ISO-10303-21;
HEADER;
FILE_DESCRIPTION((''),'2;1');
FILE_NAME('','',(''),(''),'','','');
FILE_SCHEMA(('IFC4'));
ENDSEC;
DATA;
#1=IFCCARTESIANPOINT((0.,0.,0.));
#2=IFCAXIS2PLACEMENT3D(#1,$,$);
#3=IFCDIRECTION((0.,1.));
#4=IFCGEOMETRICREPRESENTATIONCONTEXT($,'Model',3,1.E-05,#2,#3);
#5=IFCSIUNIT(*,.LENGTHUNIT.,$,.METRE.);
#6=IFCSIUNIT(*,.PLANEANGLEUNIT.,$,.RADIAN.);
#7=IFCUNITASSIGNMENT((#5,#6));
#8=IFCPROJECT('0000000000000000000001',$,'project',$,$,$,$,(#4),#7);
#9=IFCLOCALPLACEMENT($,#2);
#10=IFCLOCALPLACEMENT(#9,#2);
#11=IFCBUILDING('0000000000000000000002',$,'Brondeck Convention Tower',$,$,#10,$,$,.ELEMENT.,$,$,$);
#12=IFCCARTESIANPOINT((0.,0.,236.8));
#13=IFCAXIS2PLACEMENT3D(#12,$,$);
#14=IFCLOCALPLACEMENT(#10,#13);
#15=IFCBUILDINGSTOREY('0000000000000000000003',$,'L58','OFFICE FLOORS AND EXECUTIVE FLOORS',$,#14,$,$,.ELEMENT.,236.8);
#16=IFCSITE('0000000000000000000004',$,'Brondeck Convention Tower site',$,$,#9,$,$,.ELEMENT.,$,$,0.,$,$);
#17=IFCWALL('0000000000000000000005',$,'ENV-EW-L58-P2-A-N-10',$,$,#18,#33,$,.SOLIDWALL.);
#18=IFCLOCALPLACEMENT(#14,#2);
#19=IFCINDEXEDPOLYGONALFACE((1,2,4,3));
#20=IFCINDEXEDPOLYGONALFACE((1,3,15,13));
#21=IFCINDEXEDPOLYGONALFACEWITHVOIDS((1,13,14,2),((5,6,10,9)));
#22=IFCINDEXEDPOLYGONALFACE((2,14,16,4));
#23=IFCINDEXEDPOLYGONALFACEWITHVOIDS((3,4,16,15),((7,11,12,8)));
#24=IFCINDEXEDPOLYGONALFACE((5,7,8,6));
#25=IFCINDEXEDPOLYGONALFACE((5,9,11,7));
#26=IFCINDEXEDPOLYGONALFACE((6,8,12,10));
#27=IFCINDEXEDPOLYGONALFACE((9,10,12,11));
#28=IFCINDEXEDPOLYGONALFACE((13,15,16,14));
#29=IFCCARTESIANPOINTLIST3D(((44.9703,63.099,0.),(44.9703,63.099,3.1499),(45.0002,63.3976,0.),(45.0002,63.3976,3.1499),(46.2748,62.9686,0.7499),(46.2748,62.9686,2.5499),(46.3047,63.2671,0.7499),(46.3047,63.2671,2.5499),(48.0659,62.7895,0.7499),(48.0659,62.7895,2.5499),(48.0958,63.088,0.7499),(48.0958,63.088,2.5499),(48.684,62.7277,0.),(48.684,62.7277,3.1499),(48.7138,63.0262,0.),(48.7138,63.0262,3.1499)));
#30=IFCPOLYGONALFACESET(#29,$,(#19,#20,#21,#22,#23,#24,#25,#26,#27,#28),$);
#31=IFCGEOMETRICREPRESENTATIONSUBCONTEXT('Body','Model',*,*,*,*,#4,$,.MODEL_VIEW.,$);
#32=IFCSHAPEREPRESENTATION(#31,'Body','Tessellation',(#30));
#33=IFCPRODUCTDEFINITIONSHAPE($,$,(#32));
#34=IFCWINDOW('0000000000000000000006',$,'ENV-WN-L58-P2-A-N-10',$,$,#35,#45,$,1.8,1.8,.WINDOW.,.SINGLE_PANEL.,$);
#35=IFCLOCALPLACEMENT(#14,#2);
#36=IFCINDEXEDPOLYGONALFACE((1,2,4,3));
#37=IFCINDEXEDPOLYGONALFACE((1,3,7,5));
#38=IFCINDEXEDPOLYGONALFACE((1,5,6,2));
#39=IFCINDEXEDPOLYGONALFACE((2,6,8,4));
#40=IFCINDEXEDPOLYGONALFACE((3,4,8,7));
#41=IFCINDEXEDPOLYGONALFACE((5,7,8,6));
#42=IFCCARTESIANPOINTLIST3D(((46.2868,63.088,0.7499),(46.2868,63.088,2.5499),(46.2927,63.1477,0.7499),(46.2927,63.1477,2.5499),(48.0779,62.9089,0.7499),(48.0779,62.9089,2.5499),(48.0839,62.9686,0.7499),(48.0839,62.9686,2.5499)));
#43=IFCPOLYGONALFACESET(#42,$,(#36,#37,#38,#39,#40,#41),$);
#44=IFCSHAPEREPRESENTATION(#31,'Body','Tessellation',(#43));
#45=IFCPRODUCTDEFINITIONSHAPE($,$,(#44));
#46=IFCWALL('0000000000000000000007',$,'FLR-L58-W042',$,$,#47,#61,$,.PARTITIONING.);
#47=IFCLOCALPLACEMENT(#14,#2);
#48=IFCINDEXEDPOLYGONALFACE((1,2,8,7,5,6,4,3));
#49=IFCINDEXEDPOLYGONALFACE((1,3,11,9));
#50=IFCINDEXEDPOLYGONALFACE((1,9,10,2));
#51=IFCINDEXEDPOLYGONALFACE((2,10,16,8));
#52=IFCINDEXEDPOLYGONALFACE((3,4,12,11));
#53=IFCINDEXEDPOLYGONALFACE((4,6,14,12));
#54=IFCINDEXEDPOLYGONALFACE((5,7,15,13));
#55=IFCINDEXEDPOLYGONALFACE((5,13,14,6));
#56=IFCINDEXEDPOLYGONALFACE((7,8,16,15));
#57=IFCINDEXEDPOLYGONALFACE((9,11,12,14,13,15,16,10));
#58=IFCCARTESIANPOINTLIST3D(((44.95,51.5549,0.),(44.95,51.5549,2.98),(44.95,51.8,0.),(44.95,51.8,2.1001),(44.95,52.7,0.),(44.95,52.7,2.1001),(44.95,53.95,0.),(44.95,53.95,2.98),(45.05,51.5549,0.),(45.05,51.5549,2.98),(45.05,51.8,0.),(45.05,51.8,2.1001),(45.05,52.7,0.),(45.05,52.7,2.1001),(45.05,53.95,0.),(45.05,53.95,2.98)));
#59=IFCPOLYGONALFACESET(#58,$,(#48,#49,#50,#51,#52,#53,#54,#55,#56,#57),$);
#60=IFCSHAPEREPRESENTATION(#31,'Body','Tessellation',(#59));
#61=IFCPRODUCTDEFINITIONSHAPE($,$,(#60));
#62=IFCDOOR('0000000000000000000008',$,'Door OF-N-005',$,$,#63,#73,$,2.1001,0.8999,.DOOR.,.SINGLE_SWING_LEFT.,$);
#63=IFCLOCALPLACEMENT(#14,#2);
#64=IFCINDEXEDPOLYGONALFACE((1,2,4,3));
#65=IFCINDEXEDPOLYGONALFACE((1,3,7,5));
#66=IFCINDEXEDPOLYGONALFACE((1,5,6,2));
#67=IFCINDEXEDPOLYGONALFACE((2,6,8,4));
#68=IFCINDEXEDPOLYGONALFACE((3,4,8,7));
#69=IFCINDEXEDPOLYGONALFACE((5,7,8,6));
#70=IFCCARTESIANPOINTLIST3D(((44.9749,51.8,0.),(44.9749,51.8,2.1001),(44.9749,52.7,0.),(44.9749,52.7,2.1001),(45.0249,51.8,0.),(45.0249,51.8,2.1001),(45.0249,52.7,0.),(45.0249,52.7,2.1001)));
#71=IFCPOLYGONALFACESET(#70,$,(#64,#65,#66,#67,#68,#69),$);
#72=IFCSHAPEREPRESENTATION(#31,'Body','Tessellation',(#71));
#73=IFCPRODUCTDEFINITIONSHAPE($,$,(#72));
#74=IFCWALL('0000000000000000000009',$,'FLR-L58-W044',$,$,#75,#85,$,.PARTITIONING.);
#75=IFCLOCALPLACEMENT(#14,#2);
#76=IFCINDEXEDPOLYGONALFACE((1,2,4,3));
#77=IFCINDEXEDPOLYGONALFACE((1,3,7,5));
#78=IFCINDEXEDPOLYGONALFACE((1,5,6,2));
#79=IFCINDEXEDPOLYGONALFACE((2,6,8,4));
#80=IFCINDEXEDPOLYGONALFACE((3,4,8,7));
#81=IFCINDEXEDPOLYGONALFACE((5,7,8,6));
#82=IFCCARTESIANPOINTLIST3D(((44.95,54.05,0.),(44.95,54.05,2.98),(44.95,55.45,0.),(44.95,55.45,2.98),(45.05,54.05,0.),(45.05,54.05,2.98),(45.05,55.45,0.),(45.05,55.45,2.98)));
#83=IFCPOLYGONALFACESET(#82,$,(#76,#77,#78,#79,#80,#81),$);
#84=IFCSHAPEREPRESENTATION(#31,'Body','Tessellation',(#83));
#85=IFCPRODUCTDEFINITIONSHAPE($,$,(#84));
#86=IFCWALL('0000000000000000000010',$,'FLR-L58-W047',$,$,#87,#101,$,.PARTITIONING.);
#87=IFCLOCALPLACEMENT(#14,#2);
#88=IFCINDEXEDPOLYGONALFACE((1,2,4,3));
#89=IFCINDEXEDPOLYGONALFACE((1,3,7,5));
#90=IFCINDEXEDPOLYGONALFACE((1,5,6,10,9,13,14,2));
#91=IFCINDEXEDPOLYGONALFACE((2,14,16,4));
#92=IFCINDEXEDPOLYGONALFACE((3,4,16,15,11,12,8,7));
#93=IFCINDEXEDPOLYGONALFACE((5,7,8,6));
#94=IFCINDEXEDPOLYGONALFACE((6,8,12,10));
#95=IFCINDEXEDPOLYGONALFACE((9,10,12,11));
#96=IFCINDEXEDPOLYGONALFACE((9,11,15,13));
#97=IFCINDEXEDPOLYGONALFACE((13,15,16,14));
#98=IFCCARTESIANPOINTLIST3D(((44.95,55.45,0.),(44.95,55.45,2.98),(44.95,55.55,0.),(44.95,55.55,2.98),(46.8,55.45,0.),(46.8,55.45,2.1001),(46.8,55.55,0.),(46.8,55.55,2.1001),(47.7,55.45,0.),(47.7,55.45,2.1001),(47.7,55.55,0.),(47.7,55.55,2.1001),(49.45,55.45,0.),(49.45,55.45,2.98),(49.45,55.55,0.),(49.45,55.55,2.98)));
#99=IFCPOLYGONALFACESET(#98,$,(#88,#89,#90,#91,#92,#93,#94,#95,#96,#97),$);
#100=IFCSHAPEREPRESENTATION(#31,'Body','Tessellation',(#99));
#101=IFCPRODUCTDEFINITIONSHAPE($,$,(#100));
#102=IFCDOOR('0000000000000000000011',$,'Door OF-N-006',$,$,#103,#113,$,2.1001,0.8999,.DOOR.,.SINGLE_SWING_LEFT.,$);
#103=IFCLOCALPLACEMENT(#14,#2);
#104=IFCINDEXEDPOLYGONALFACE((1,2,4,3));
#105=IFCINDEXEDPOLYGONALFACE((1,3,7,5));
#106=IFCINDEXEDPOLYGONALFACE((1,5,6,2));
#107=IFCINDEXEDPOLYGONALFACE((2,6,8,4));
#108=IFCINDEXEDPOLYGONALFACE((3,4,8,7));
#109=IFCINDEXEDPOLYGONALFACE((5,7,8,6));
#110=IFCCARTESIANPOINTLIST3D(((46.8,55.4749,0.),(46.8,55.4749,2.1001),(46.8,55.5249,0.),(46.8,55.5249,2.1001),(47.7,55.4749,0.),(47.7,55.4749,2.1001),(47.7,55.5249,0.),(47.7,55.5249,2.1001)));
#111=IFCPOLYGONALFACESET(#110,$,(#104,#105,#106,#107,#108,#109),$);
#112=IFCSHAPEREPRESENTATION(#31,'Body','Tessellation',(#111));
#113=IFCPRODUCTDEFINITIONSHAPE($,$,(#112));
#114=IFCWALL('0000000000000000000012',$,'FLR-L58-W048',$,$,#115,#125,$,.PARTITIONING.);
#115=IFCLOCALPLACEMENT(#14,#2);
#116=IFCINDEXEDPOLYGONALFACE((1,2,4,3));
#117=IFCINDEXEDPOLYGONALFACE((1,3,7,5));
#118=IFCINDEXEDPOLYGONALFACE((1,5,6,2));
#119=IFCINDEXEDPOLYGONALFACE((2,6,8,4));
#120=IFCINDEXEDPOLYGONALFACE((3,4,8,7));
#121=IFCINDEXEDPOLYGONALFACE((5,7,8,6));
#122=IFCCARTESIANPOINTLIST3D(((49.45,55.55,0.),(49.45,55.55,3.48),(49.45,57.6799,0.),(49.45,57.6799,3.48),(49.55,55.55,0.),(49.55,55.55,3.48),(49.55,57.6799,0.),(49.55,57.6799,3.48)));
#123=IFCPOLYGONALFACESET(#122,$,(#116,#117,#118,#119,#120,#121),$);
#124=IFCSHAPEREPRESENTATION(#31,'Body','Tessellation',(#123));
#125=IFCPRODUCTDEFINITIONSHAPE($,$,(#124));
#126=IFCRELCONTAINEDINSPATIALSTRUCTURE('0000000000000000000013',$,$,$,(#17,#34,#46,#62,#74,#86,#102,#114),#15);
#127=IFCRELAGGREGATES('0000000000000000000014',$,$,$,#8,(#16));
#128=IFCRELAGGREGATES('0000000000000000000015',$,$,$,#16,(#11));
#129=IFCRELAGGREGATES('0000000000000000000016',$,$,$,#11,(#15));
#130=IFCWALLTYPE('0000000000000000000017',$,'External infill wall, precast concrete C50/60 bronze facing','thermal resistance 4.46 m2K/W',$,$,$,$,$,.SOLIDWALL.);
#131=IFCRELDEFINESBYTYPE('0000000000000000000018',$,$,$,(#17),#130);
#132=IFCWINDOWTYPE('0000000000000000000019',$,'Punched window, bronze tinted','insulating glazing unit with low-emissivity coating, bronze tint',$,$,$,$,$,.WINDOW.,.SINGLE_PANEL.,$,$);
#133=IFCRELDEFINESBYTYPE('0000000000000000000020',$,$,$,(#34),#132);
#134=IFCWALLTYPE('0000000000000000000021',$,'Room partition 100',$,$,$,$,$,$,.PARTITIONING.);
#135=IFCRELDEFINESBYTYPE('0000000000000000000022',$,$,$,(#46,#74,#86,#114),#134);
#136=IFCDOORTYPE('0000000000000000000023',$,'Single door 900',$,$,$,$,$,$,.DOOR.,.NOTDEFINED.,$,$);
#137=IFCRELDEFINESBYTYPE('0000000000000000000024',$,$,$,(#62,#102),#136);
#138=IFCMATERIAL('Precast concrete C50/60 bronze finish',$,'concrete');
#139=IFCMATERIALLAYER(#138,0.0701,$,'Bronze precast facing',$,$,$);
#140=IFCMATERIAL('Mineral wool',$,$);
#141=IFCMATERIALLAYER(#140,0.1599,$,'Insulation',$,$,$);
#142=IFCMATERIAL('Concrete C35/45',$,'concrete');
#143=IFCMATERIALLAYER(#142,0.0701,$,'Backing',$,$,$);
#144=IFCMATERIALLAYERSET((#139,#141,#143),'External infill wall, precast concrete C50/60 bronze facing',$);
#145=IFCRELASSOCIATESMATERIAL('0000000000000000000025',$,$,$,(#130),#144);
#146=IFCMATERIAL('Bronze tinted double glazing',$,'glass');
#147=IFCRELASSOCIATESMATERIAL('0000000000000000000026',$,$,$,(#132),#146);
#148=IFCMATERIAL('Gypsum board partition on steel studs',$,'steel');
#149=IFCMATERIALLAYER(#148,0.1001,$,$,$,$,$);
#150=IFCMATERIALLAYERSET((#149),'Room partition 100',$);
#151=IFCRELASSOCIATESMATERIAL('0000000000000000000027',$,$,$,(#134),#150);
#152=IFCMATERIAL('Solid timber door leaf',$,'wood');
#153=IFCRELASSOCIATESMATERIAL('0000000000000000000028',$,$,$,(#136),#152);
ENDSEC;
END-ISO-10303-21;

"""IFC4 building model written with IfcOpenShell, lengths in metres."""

from ifc_helpers import new_model, si_unit, direction, frame, frame_2d, origin, place, context, subcontext, project, spatial, rectangle, extrude, material, layer, layer_set, type_object, element, fill, save


model = new_model("IFC4")

# Units and contexts
model_context = context("Model", 3, precision=1e-05, world=origin(), true_north=direction((0.0, 1.0)))
body_context = subcontext(model_context, "Body", "Model", "MODEL_VIEW")
ifc_project = project(units=[si_unit("LENGTHUNIT", "METRE"), si_unit("PLANEANGLEUNIT", "RADIAN")], contexts=[model_context])

# Site, building, storey
site_placement = place(None, origin())
site = spatial("IfcSite", under=ifc_project, at=site_placement, Name="Brondeck Convention Tower site", CompositionType="ELEMENT", RefElevation=0.0)
building_placement = place(site_placement, origin())
building = spatial("IfcBuilding", under=site, at=building_placement, Name="Brondeck Convention Tower", CompositionType="ELEMENT")
storey_placement = place(building_placement, frame((0.0, 0.0, 236.8)))
storey = spatial("IfcBuildingStorey", under=building, at=storey_placement, Name="L58", Description="OFFICE FLOORS AND EXECUTIVE FLOORS", CompositionType="ELEMENT", Elevation=236.8)

# Shared definitions
ifc_material_1 = material(Name="Precast concrete C50/60 bronze finish", Category="concrete")
ifc_layer_1 = layer(ifc_material_1, 0.0701, Name="Bronze precast facing")
ifc_material_2 = material(Name="Mineral wool")
ifc_layer_2 = layer(ifc_material_2, 0.1599, Name="Insulation")
ifc_material_3 = material(Name="Concrete C35/45", Category="concrete")
ifc_layer_3 = layer(ifc_material_3, 0.0701, Name="Backing")
ifc_layer_set_1 = layer_set([ifc_layer_1, ifc_layer_2, ifc_layer_3], Name="External infill wall, precast concrete C50/60 bronze facing")
wall_type_1 = type_object("IfcWallType", Name="External infill wall, precast concrete C50/60 bronze facing", Description="thermal resistance 4.46 m2K/W", PredefinedType="SOLIDWALL", material=ifc_layer_set_1)
ifc_material_4 = material(Name="Bronze tinted double glazing", Category="glass")
window_type_1 = type_object("IfcWindowType", Name="Punched window, bronze tinted", Description="insulating glazing unit with low-emissivity coating, bronze tint", PartitioningType="SINGLE_PANEL", PredefinedType="WINDOW", material=ifc_material_4)

# Wall, opening, window
wall_1_placement = place(storey_placement, frame((44.9851, 63.2483, 0.0), z_axis=(0.0, 0.0, 1.0), x_axis=(0.995038, -0.099497, 0.0)))
wall_1 = element("IfcWall", 1, at=wall_1_placement, inside=storey, type_object=wall_type_1, Name="ENV-EW-L58-P2-A-N-10", PredefinedType="SOLIDWALL", context=body_context, shape_type="SweptSolid", body=[
    extrude(rectangle(XDim=3.7322, YDim=0.3, at=frame_2d((1.8662, 0.0))), origin(), (0.0, 0.0, 1.0), 3.1499),
])
opening_1_placement = place(wall_1_placement, frame((1.3113, 0.0, 0.75)))
opening_1 = element("IfcOpeningElement", 2, at=opening_1_placement, cuts=wall_1, PredefinedType="OPENING", context=body_context, shape_type="SweptSolid", body=[
    extrude(rectangle(XDim=1.8, YDim=1.8, at=frame_2d((0.8999, 0.8999))), frame((0.0, 0.1599, 0.0), z_axis=(0.0, -1.0, 0.0), x_axis=(1.0, 0.0, 0.0)), (0.0, 0.0, 1.0), 0.3201),
])
window_1_placement = place(opening_1_placement, origin())
window_1 = element("IfcWindow", 3, at=window_1_placement, inside=storey, type_object=window_type_1, Name="ENV-WN-L58-P2-A-N-10", OverallHeight=1.8, OverallWidth=1.8, PartitioningType="SINGLE_PANEL", PredefinedType="WINDOW", context=body_context, shape_type="SweptSolid", body=[
    extrude(rectangle(XDim=1.8, YDim=1.8, at=frame_2d((0.8999, 0.8999))), frame((0.0, 0.03, 0.0), z_axis=(0.0, -1.0, 0.0), x_axis=(1.0, 0.0, 0.0)), (0.0, 0.0, 1.0), 0.0601),
])
fill(opening_1, window_1)

# Wall, opening, door
ifc_material_5 = material(Name="Gypsum board partition on steel studs", Category="steel")
ifc_layer_4 = layer(ifc_material_5, 0.1001)
ifc_layer_set_2 = layer_set([ifc_layer_4], Name="Room partition 100")
wall_type_2 = type_object("IfcWallType", Name="Room partition 100", PredefinedType="PARTITIONING", material=ifc_layer_set_2)
wall_2_placement = place(storey_placement, frame((45.0, 53.95, 0.0), z_axis=(0.0, 0.0, 1.0), x_axis=(0.0, -1.0, 0.0)))
wall_2 = element("IfcWall", 4, at=wall_2_placement, inside=storey, type_object=wall_type_2, Name="FLR-L58-W042", PredefinedType="PARTITIONING", context=body_context, shape_type="SweptSolid", body=[
    extrude(rectangle(XDim=2.395, YDim=0.1001, at=frame_2d((1.1975, 0.0))), origin(), (0.0, 0.0, 1.0), 2.98),
])
opening_2_placement = place(wall_2_placement, frame((1.25, 0.0, 0.0)))
opening_2 = element("IfcOpeningElement", 5, at=opening_2_placement, cuts=wall_2, PredefinedType="OPENING", context=body_context, shape_type="SweptSolid", body=[
    extrude(rectangle(XDim=0.8999, YDim=2.1001, at=frame_2d((0.45, 1.05))), frame((0.0, 0.0601, 0.0), z_axis=(0.0, -1.0, 0.0), x_axis=(1.0, 0.0, 0.0)), (0.0, 0.0, 1.0), 0.1201),
])
ifc_material_6 = material(Name="Solid timber door leaf", Category="wood")
door_type = type_object("IfcDoorType", Name="Single door 900", OperationType="NOTDEFINED", PredefinedType="DOOR", material=ifc_material_6)
door_1_placement = place(opening_2_placement, origin())
door_1 = element("IfcDoor", 6, at=door_1_placement, inside=storey, type_object=door_type, Name="Door OF-N-005", OperationType="SINGLE_SWING_LEFT", OverallHeight=2.1001, OverallWidth=0.8999, PredefinedType="DOOR", context=body_context, shape_type="SweptSolid", body=[
    extrude(rectangle(XDim=0.8999, YDim=2.1001, at=frame_2d((0.45, 1.05))), frame((0.0, 0.0249, 0.0), z_axis=(0.0, -1.0, 0.0), x_axis=(1.0, 0.0, 0.0)), (0.0, 0.0, 1.0), 0.05),
])
fill(opening_2, door_1)

# Wall
wall_3_placement = place(storey_placement, frame((45.0, 54.05, 0.0), z_axis=(0.0, 0.0, 1.0), x_axis=(0.0, 1.0, 0.0)))
element("IfcWall", 7, at=wall_3_placement, inside=storey, type_object=wall_type_2, Name="FLR-L58-W044", PredefinedType="PARTITIONING", context=body_context, shape_type="SweptSolid", body=[
    extrude(rectangle(XDim=1.3999, YDim=0.1001, at=frame_2d((0.7, 0.0))), origin(), (0.0, 0.0, 1.0), 2.98),
])

# Wall, opening, door
wall_4_placement = place(storey_placement, frame((44.95, 55.5, 0.0), z_axis=(0.0, 0.0, 1.0), x_axis=(1.0, 0.0, 0.0)))
wall_4 = element("IfcWall", 8, at=wall_4_placement, inside=storey, type_object=wall_type_2, Name="FLR-L58-W047", PredefinedType="PARTITIONING", context=body_context, shape_type="SweptSolid", body=[
    extrude(rectangle(XDim=4.5, YDim=0.1001, at=frame_2d((2.25, 0.0))), origin(), (0.0, 0.0, 1.0), 2.98),
])
opening_3_placement = place(wall_4_placement, frame((1.8501, 0.0, 0.0)))
opening_3 = element("IfcOpeningElement", 9, at=opening_3_placement, cuts=wall_4, PredefinedType="OPENING", context=body_context, shape_type="SweptSolid", body=[
    extrude(rectangle(XDim=0.8999, YDim=2.1001, at=frame_2d((0.45, 1.05))), frame((0.0, 0.0601, 0.0), z_axis=(0.0, -1.0, 0.0), x_axis=(1.0, 0.0, 0.0)), (0.0, 0.0, 1.0), 0.1201),
])
door_2_placement = place(opening_3_placement, origin())
door_2 = element("IfcDoor", 10, at=door_2_placement, inside=storey, type_object=door_type, Name="Door OF-N-006", OperationType="SINGLE_SWING_LEFT", OverallHeight=2.1001, OverallWidth=0.8999, PredefinedType="DOOR", context=body_context, shape_type="SweptSolid", body=[
    extrude(rectangle(XDim=0.8999, YDim=2.1001, at=frame_2d((0.45, 1.05))), frame((0.0, 0.0249, 0.0), z_axis=(0.0, -1.0, 0.0), x_axis=(1.0, 0.0, 0.0)), (0.0, 0.0, 1.0), 0.05),
])
fill(opening_3, door_2)

# Wall
wall_5_placement = place(storey_placement, frame((49.5, 55.55, 0.0), z_axis=(0.0, 0.0, 1.0), x_axis=(0.0, 1.0, 0.0)))
element("IfcWall", 11, at=wall_5_placement, inside=storey, type_object=wall_type_2, Name="FLR-L58-W048", PredefinedType="PARTITIONING", context=body_context, shape_type="SweptSolid", body=[
    extrude(rectangle(XDim=2.1299, YDim=0.1001, at=frame_2d((1.0649, 0.0))), origin(), (0.0, 0.0, 1.0), 3.48),
])

save(model, "model.ifc")
